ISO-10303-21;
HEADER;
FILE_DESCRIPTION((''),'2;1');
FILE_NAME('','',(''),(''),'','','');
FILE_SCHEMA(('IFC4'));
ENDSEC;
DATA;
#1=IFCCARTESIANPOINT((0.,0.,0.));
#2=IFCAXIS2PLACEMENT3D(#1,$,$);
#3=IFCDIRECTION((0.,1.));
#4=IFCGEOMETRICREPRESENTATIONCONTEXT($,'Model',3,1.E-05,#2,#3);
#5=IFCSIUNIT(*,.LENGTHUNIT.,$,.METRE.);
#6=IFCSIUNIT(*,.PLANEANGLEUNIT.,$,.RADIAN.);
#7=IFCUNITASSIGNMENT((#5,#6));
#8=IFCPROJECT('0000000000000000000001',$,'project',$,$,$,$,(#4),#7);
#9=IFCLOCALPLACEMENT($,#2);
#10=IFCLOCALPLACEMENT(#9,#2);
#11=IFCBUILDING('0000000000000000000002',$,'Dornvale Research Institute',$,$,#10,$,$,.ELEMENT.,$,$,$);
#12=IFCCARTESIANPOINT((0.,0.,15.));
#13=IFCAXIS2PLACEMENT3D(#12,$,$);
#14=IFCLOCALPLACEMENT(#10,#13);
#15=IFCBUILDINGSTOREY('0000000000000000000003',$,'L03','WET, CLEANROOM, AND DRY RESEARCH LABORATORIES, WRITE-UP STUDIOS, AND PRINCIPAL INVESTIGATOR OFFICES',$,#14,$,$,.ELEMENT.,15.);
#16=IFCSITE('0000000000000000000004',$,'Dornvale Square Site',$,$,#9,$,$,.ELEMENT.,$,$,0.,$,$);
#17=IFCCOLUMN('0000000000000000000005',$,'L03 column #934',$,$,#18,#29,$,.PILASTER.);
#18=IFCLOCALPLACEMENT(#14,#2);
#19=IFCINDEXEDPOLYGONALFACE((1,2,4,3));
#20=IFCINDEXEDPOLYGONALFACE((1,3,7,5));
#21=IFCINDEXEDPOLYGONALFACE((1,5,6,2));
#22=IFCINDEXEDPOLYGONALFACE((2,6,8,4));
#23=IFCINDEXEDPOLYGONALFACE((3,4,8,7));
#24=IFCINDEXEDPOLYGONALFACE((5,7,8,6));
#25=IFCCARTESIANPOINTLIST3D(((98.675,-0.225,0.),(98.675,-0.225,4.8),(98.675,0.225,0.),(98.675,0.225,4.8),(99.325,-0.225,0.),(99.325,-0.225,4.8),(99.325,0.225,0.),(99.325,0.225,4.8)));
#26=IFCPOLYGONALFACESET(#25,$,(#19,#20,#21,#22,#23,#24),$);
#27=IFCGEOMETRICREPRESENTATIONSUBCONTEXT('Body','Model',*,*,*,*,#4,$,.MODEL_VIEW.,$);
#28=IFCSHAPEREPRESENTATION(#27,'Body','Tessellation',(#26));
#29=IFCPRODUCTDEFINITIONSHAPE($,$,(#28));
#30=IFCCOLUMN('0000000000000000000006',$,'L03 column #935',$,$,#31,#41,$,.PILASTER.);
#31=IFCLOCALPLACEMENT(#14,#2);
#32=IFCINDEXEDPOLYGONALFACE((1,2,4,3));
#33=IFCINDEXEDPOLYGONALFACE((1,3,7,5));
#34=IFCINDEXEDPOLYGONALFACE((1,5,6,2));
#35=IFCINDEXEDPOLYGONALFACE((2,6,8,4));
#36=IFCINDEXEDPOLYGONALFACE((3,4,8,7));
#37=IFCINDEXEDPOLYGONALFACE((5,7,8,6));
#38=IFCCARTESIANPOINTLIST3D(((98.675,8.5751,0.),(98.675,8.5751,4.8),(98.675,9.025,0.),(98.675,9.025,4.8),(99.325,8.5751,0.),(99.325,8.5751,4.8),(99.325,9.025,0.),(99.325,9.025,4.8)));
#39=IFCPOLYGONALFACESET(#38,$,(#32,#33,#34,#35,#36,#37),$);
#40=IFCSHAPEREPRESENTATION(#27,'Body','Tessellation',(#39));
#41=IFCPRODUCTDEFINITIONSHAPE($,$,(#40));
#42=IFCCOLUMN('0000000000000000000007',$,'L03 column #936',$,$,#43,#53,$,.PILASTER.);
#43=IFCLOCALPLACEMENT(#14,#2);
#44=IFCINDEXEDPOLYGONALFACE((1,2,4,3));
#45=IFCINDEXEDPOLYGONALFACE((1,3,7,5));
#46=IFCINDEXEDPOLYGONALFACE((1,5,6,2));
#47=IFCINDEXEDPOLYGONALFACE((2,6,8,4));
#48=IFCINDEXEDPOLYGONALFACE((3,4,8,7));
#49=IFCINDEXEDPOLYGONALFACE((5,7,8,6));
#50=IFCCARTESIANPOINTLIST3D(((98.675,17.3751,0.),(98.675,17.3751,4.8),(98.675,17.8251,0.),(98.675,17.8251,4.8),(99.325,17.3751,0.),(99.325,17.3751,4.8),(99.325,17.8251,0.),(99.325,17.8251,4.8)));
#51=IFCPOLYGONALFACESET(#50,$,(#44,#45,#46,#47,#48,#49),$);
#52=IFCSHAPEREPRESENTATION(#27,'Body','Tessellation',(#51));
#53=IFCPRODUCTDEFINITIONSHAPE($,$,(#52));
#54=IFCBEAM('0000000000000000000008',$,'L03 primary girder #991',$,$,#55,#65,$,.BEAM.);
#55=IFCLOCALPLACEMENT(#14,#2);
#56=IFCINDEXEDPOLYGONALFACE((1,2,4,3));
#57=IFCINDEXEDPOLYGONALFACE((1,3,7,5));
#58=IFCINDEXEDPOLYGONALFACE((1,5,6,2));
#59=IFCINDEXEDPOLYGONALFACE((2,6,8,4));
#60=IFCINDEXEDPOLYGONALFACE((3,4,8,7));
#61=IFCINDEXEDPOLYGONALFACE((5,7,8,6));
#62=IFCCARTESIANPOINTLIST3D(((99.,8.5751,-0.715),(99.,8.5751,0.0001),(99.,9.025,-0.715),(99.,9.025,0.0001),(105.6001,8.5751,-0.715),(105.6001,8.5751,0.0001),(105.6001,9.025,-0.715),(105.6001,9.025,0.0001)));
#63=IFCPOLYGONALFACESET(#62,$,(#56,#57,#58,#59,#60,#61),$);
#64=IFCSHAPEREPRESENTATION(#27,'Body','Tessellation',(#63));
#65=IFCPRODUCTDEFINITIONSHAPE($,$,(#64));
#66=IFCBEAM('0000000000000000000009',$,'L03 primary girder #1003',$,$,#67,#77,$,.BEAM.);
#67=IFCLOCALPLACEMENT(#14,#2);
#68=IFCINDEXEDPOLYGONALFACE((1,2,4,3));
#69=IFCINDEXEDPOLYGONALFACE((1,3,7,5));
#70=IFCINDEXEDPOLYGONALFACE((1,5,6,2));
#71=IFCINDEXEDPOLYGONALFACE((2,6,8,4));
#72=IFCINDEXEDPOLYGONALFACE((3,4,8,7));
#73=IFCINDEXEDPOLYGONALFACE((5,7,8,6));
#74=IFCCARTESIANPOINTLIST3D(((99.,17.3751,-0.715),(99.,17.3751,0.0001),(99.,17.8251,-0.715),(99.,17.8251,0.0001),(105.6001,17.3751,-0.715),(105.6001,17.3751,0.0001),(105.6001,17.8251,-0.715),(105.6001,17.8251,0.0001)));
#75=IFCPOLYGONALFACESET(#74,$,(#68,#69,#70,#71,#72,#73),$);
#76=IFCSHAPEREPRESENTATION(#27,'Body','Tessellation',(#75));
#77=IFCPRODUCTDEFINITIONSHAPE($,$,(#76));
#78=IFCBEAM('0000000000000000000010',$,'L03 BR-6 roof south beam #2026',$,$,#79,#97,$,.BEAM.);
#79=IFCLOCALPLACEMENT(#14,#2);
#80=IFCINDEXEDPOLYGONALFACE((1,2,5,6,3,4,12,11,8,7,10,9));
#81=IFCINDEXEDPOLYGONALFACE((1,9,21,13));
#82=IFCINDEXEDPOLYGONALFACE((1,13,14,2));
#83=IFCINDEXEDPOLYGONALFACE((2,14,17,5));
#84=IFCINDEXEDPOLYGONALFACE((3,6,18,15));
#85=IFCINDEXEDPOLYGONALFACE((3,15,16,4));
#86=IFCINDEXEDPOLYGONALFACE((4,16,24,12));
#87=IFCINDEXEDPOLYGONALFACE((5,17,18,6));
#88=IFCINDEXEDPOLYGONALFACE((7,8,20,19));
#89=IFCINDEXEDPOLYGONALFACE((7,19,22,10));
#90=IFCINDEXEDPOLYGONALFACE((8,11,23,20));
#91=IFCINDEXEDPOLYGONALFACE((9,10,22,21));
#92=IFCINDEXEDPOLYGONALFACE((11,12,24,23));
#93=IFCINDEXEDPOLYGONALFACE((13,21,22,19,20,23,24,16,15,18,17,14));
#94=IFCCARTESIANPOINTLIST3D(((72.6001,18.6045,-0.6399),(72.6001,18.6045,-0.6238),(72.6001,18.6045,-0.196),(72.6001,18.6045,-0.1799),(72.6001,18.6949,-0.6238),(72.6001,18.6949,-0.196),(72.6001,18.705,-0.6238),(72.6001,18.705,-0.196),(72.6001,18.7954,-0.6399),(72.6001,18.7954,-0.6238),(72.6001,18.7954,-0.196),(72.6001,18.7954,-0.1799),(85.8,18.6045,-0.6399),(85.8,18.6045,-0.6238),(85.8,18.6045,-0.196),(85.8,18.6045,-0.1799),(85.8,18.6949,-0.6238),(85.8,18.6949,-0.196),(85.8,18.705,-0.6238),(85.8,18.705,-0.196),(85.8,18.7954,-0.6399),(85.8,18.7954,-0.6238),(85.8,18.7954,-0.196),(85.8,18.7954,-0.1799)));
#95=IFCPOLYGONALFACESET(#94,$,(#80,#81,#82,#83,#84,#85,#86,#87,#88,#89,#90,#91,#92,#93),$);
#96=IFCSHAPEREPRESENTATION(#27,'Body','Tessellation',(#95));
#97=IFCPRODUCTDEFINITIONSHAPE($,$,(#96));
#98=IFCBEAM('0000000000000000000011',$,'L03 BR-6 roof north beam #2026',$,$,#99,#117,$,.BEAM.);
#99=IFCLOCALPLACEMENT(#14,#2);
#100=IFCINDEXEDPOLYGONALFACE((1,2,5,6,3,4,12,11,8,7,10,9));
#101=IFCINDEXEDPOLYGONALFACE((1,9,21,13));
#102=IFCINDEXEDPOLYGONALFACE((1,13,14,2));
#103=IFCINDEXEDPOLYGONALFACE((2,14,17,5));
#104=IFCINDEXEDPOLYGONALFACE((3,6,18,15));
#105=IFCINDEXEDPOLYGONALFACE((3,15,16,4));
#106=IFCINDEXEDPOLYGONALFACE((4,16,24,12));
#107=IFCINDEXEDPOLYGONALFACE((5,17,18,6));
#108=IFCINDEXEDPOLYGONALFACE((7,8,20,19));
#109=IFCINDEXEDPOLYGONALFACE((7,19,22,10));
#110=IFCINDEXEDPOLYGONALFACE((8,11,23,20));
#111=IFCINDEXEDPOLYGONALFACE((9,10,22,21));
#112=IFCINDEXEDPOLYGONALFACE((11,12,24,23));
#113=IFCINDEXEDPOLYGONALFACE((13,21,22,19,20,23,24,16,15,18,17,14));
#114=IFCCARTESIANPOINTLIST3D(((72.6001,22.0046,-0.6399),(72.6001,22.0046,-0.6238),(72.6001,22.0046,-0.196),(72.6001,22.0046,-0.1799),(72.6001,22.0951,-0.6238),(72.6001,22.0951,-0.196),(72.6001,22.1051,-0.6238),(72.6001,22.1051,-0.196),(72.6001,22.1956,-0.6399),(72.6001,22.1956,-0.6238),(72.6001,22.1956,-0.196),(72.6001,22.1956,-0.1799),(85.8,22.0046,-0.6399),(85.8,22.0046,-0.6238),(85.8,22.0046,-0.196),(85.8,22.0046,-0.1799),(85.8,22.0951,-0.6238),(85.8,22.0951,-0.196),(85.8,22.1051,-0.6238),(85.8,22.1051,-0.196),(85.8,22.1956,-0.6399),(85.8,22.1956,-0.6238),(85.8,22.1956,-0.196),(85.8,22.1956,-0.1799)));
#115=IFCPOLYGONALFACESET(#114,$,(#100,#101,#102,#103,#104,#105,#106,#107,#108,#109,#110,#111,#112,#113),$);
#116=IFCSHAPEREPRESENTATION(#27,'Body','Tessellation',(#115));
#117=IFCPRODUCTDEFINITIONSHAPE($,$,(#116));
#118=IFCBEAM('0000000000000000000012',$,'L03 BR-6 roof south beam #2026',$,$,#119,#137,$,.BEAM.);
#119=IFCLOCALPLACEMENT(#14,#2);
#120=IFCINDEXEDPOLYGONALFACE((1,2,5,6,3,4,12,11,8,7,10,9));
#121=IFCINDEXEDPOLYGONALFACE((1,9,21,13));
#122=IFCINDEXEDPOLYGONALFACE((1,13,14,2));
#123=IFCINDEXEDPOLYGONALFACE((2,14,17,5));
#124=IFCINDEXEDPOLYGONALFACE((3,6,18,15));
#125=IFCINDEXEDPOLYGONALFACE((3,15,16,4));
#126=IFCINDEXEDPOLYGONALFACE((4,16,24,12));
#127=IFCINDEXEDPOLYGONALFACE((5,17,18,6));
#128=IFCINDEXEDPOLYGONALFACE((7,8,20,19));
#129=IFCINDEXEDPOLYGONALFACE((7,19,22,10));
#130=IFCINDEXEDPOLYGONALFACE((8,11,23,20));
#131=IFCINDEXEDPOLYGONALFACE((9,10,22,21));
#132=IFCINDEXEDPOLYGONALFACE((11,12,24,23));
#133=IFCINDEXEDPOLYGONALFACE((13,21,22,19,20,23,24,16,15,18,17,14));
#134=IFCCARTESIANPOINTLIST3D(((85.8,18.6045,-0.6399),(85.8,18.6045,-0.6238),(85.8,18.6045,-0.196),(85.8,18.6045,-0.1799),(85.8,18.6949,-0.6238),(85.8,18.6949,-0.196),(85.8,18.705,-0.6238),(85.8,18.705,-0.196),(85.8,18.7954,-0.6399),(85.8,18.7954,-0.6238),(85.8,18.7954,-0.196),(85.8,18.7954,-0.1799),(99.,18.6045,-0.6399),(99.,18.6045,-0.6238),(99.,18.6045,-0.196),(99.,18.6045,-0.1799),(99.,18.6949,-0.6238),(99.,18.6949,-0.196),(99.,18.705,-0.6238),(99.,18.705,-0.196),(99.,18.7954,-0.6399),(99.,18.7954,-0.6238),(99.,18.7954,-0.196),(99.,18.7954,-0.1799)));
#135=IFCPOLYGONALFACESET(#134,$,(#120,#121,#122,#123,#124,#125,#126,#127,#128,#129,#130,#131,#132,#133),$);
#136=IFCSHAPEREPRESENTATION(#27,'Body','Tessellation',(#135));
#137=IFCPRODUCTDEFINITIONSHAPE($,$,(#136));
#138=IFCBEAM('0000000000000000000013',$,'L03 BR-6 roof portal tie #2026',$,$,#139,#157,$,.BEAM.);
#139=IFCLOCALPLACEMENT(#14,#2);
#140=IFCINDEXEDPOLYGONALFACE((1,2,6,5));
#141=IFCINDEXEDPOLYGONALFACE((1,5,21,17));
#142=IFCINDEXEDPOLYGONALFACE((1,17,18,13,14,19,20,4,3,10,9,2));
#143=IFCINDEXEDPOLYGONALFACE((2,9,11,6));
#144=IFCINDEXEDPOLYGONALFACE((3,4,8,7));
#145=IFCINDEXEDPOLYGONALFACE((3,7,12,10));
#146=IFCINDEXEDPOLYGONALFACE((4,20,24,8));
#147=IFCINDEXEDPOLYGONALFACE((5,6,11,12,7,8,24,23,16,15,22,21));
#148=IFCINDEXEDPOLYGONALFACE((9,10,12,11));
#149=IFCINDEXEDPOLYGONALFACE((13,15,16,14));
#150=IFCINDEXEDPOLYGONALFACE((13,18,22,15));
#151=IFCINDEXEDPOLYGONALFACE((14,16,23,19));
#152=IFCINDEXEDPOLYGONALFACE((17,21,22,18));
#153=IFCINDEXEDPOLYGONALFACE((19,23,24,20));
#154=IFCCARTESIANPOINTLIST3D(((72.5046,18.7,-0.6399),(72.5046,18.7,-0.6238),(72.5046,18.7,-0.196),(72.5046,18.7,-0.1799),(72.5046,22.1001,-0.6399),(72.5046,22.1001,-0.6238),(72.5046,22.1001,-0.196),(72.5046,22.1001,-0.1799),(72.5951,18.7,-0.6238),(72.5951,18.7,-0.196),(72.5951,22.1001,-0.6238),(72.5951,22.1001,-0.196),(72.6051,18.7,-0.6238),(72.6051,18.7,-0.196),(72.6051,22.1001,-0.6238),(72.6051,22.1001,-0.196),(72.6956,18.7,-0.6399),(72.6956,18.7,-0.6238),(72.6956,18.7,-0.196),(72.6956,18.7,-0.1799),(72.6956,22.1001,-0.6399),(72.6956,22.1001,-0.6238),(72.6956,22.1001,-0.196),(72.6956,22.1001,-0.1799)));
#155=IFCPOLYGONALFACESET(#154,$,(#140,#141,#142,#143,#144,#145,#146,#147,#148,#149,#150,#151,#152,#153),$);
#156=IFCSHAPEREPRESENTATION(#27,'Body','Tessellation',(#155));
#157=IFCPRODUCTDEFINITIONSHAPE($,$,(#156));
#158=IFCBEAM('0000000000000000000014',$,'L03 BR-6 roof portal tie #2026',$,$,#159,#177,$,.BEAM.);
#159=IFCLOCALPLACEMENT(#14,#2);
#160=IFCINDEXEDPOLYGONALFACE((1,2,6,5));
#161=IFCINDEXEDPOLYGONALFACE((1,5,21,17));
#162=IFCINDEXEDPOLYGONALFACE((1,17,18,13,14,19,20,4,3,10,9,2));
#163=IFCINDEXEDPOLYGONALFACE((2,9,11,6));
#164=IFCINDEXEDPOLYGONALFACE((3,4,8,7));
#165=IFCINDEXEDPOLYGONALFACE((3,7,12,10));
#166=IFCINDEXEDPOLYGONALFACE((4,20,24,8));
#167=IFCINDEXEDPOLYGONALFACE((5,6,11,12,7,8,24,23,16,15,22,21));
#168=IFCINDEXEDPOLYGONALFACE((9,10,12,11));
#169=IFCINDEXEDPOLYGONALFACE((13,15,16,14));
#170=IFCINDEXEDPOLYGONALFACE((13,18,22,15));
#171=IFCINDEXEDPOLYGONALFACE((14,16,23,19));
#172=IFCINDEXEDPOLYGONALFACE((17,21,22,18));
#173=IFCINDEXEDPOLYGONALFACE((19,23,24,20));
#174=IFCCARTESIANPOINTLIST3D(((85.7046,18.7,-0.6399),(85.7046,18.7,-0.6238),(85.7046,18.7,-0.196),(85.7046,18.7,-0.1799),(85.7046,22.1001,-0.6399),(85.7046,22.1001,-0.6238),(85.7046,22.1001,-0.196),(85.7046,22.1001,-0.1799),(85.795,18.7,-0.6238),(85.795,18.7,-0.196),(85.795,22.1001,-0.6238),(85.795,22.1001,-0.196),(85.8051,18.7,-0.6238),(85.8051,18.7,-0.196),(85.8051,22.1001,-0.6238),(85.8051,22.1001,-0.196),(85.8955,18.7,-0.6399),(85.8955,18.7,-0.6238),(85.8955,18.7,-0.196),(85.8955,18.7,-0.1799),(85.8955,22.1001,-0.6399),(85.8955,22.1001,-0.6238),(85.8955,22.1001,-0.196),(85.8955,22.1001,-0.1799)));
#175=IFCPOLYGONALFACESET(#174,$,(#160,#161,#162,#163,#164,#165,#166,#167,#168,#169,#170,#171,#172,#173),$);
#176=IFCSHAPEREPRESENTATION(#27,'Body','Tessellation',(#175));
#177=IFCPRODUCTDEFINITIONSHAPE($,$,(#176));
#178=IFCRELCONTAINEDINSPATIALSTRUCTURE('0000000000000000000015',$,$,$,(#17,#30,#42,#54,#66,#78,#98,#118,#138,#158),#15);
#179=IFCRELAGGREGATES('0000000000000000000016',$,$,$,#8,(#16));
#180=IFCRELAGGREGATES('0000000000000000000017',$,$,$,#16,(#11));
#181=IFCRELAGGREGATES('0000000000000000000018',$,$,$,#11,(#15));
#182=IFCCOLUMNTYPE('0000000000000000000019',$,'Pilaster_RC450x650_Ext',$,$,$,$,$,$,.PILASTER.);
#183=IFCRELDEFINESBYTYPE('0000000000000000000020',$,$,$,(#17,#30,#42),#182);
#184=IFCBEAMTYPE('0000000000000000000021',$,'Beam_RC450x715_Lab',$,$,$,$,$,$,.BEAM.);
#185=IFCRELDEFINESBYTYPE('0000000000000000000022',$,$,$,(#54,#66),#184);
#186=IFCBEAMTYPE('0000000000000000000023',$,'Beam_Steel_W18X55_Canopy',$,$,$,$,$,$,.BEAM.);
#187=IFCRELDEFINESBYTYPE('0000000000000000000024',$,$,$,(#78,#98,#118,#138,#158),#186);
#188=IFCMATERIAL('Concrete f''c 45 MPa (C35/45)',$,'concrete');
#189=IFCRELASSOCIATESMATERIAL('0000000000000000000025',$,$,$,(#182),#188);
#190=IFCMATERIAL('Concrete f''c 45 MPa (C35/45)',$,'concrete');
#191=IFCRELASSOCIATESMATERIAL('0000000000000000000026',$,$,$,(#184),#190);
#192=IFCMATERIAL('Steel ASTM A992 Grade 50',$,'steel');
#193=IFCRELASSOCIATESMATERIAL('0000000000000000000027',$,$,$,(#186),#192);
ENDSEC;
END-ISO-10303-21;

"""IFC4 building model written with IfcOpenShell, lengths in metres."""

from ifc_helpers import new_model, si_unit, direction, frame, origin, origin_2d, place, context, subcontext, project, spatial, rectangle, i_section, extrude, material, material_profile, profile_set, type_object, element, save


model = new_model("IFC4")

# Units and contexts
model_context = context("Model", 3, precision=1e-05, world=origin(), true_north=direction((0.0, 1.0)))
body_context = subcontext(model_context, "Body", "Model", "MODEL_VIEW")
ifc_project = project(units=[si_unit("LENGTHUNIT", "METRE"), si_unit("PLANEANGLEUNIT", "RADIAN")], contexts=[model_context])

# Site, building, storey
site_placement = place(None, origin())
site = spatial("IfcSite", under=ifc_project, at=site_placement, Name="Dornvale Square Site", CompositionType="ELEMENT", RefElevation=0.0)
building_placement = place(site_placement, origin())
building = spatial("IfcBuilding", under=site, at=building_placement, Name="Dornvale Research Institute", CompositionType="ELEMENT")
storey_placement = place(building_placement, frame((0.0, 0.0, 15.0)))
storey = spatial("IfcBuildingStorey", under=building, at=storey_placement, Name="L03", Description="WET, CLEANROOM, AND DRY RESEARCH LABORATORIES, WRITE-UP STUDIOS, AND PRINCIPAL INVESTIGATOR OFFICES", CompositionType="ELEMENT", Elevation=15.0)

# Columns
ifc_material_1 = material(Name="Concrete f'c 45 MPa (C35/45)", Category="concrete")
ifc_material_profile_1 = material_profile(ifc_material_1, rectangle(XDim=0.45, YDim=0.6499, at=origin_2d()), Name="RC 450x650")
ifc_profile_set_1 = profile_set([ifc_material_profile_1], Name="Concrete f'c 45 MPa (C35/45)")
column_type = type_object("IfcColumnType", Name="Pilaster_RC450x650_Ext", PredefinedType="PILASTER", material=ifc_profile_set_1)
for number, where, z_axis, x_axis, name in (
    (1, (99.0, 0.0, 0.0), (0.0, 0.0, 1.0), (0.0, 1.0, 0.0), "L03 column #934"),
    (2, (99.0, 8.8, 0.0), (0.0, 0.0, 1.0), (0.0, 1.0, 0.0), "L03 column #935"),
    (3, (99.0, 17.6001, 0.0), (0.0, 0.0, 1.0), (0.0, 1.0, 0.0), "L03 column #936"),
):
    element("IfcColumn", number, at=place(storey_placement, frame(where, z_axis=z_axis, x_axis=x_axis)), inside=storey, type_object=column_type, Name=name, PredefinedType="PILASTER", context=body_context, shape_type="SweptSolid", body=[
        extrude(rectangle(XDim=0.45, YDim=0.6499, at=origin_2d()), origin(), (0.0, 0.0, 1.0), 4.8),
    ])

# Beams
ifc_material_2 = material(Name="Concrete f'c 45 MPa (C35/45)", Category="concrete")
ifc_material_profile_2 = material_profile(ifc_material_2, rectangle(XDim=0.45, YDim=0.7151, at=origin_2d()), Name="RC 450x715")
ifc_profile_set_2 = profile_set([ifc_material_profile_2], Name="Concrete f'c 45 MPa (C35/45)")
beam_type_1 = type_object("IfcBeamType", Name="Beam_RC450x715_Lab", PredefinedType="BEAM", material=ifc_profile_set_2)
for number, where, z_axis, x_axis, name in (
    (4, (99.0, 8.8, -0.3574), (1.0, 0.0, 0.0), (0.0, 1.0, 0.0), "L03 primary girder #991"),
    (5, (99.0, 17.6001, -0.3574), (1.0, 0.0, 0.0), (0.0, 1.0, 0.0), "L03 primary girder #1003"),
):
    element("IfcBeam", number, at=place(storey_placement, frame(where, z_axis=z_axis, x_axis=x_axis)), inside=storey, type_object=beam_type_1, Name=name, PredefinedType="BEAM", context=body_context, shape_type="SweptSolid", body=[
        extrude(rectangle(XDim=0.45, YDim=0.7151, at=origin_2d()), origin(), (0.0, 0.0, 1.0), 6.6001),
    ])
ifc_material_3 = material(Name="Steel ASTM A992 Grade 50", Category="steel")
ifc_material_profile_3 = material_profile(ifc_material_3, i_section(OverallWidth=0.1909, OverallDepth=0.46, WebThickness=0.01, FlangeThickness=0.0161, at=origin_2d()), Name="W18X55")
ifc_profile_set_3 = profile_set([ifc_material_profile_3], Name="Steel ASTM A992 Grade 50")
beam_type_2 = type_object("IfcBeamType", Name="Beam_Steel_W18X55_Canopy", PredefinedType="BEAM", material=ifc_profile_set_3)
for number, where, z_axis, x_axis, name in (
    (6, (72.6001, 18.7, -0.4099), (1.0, 0.0, 0.0), (0.0, 1.0, 0.0), "L03 BR-6 roof south beam #2026"),
    (7, (72.6001, 22.1001, -0.4099), (1.0, 0.0, 0.0), (0.0, 1.0, 0.0), "L03 BR-6 roof north beam #2026"),
    (8, (85.8, 18.7, -0.4099), (1.0, 0.0, 0.0), (0.0, 1.0, 0.0), "L03 BR-6 roof south beam #2026"),
):
    element("IfcBeam", number, at=place(storey_placement, frame(where, z_axis=z_axis, x_axis=x_axis)), inside=storey, type_object=beam_type_2, Name=name, PredefinedType="BEAM", context=body_context, shape_type="SweptSolid", body=[
        extrude(i_section(OverallWidth=0.1909, OverallDepth=0.46, WebThickness=0.01, FlangeThickness=0.0161, at=origin_2d()), origin(), (0.0, 0.0, 1.0), 13.2),
    ])
for number, where, z_axis, x_axis, name in (
    (9, (72.6001, 18.7, -0.4099), (0.0, 1.0, 0.0), (-1.0, 0.0, 0.0), "L03 BR-6 roof portal tie #2026"),
    (10, (85.8, 18.7, -0.4099), (0.0, 1.0, 0.0), (-1.0, 0.0, 0.0), "L03 BR-6 roof portal tie #2026"),
):
    element("IfcBeam", number, at=place(storey_placement, frame(where, z_axis=z_axis, x_axis=x_axis)), inside=storey, type_object=beam_type_2, Name=name, PredefinedType="BEAM", context=body_context, shape_type="SweptSolid", body=[
        extrude(i_section(OverallWidth=0.1909, OverallDepth=0.46, WebThickness=0.01, FlangeThickness=0.0161, at=origin_2d()), origin(), (0.0, 0.0, 1.0), 3.4001),
    ])

save(model, "model.ifc")
